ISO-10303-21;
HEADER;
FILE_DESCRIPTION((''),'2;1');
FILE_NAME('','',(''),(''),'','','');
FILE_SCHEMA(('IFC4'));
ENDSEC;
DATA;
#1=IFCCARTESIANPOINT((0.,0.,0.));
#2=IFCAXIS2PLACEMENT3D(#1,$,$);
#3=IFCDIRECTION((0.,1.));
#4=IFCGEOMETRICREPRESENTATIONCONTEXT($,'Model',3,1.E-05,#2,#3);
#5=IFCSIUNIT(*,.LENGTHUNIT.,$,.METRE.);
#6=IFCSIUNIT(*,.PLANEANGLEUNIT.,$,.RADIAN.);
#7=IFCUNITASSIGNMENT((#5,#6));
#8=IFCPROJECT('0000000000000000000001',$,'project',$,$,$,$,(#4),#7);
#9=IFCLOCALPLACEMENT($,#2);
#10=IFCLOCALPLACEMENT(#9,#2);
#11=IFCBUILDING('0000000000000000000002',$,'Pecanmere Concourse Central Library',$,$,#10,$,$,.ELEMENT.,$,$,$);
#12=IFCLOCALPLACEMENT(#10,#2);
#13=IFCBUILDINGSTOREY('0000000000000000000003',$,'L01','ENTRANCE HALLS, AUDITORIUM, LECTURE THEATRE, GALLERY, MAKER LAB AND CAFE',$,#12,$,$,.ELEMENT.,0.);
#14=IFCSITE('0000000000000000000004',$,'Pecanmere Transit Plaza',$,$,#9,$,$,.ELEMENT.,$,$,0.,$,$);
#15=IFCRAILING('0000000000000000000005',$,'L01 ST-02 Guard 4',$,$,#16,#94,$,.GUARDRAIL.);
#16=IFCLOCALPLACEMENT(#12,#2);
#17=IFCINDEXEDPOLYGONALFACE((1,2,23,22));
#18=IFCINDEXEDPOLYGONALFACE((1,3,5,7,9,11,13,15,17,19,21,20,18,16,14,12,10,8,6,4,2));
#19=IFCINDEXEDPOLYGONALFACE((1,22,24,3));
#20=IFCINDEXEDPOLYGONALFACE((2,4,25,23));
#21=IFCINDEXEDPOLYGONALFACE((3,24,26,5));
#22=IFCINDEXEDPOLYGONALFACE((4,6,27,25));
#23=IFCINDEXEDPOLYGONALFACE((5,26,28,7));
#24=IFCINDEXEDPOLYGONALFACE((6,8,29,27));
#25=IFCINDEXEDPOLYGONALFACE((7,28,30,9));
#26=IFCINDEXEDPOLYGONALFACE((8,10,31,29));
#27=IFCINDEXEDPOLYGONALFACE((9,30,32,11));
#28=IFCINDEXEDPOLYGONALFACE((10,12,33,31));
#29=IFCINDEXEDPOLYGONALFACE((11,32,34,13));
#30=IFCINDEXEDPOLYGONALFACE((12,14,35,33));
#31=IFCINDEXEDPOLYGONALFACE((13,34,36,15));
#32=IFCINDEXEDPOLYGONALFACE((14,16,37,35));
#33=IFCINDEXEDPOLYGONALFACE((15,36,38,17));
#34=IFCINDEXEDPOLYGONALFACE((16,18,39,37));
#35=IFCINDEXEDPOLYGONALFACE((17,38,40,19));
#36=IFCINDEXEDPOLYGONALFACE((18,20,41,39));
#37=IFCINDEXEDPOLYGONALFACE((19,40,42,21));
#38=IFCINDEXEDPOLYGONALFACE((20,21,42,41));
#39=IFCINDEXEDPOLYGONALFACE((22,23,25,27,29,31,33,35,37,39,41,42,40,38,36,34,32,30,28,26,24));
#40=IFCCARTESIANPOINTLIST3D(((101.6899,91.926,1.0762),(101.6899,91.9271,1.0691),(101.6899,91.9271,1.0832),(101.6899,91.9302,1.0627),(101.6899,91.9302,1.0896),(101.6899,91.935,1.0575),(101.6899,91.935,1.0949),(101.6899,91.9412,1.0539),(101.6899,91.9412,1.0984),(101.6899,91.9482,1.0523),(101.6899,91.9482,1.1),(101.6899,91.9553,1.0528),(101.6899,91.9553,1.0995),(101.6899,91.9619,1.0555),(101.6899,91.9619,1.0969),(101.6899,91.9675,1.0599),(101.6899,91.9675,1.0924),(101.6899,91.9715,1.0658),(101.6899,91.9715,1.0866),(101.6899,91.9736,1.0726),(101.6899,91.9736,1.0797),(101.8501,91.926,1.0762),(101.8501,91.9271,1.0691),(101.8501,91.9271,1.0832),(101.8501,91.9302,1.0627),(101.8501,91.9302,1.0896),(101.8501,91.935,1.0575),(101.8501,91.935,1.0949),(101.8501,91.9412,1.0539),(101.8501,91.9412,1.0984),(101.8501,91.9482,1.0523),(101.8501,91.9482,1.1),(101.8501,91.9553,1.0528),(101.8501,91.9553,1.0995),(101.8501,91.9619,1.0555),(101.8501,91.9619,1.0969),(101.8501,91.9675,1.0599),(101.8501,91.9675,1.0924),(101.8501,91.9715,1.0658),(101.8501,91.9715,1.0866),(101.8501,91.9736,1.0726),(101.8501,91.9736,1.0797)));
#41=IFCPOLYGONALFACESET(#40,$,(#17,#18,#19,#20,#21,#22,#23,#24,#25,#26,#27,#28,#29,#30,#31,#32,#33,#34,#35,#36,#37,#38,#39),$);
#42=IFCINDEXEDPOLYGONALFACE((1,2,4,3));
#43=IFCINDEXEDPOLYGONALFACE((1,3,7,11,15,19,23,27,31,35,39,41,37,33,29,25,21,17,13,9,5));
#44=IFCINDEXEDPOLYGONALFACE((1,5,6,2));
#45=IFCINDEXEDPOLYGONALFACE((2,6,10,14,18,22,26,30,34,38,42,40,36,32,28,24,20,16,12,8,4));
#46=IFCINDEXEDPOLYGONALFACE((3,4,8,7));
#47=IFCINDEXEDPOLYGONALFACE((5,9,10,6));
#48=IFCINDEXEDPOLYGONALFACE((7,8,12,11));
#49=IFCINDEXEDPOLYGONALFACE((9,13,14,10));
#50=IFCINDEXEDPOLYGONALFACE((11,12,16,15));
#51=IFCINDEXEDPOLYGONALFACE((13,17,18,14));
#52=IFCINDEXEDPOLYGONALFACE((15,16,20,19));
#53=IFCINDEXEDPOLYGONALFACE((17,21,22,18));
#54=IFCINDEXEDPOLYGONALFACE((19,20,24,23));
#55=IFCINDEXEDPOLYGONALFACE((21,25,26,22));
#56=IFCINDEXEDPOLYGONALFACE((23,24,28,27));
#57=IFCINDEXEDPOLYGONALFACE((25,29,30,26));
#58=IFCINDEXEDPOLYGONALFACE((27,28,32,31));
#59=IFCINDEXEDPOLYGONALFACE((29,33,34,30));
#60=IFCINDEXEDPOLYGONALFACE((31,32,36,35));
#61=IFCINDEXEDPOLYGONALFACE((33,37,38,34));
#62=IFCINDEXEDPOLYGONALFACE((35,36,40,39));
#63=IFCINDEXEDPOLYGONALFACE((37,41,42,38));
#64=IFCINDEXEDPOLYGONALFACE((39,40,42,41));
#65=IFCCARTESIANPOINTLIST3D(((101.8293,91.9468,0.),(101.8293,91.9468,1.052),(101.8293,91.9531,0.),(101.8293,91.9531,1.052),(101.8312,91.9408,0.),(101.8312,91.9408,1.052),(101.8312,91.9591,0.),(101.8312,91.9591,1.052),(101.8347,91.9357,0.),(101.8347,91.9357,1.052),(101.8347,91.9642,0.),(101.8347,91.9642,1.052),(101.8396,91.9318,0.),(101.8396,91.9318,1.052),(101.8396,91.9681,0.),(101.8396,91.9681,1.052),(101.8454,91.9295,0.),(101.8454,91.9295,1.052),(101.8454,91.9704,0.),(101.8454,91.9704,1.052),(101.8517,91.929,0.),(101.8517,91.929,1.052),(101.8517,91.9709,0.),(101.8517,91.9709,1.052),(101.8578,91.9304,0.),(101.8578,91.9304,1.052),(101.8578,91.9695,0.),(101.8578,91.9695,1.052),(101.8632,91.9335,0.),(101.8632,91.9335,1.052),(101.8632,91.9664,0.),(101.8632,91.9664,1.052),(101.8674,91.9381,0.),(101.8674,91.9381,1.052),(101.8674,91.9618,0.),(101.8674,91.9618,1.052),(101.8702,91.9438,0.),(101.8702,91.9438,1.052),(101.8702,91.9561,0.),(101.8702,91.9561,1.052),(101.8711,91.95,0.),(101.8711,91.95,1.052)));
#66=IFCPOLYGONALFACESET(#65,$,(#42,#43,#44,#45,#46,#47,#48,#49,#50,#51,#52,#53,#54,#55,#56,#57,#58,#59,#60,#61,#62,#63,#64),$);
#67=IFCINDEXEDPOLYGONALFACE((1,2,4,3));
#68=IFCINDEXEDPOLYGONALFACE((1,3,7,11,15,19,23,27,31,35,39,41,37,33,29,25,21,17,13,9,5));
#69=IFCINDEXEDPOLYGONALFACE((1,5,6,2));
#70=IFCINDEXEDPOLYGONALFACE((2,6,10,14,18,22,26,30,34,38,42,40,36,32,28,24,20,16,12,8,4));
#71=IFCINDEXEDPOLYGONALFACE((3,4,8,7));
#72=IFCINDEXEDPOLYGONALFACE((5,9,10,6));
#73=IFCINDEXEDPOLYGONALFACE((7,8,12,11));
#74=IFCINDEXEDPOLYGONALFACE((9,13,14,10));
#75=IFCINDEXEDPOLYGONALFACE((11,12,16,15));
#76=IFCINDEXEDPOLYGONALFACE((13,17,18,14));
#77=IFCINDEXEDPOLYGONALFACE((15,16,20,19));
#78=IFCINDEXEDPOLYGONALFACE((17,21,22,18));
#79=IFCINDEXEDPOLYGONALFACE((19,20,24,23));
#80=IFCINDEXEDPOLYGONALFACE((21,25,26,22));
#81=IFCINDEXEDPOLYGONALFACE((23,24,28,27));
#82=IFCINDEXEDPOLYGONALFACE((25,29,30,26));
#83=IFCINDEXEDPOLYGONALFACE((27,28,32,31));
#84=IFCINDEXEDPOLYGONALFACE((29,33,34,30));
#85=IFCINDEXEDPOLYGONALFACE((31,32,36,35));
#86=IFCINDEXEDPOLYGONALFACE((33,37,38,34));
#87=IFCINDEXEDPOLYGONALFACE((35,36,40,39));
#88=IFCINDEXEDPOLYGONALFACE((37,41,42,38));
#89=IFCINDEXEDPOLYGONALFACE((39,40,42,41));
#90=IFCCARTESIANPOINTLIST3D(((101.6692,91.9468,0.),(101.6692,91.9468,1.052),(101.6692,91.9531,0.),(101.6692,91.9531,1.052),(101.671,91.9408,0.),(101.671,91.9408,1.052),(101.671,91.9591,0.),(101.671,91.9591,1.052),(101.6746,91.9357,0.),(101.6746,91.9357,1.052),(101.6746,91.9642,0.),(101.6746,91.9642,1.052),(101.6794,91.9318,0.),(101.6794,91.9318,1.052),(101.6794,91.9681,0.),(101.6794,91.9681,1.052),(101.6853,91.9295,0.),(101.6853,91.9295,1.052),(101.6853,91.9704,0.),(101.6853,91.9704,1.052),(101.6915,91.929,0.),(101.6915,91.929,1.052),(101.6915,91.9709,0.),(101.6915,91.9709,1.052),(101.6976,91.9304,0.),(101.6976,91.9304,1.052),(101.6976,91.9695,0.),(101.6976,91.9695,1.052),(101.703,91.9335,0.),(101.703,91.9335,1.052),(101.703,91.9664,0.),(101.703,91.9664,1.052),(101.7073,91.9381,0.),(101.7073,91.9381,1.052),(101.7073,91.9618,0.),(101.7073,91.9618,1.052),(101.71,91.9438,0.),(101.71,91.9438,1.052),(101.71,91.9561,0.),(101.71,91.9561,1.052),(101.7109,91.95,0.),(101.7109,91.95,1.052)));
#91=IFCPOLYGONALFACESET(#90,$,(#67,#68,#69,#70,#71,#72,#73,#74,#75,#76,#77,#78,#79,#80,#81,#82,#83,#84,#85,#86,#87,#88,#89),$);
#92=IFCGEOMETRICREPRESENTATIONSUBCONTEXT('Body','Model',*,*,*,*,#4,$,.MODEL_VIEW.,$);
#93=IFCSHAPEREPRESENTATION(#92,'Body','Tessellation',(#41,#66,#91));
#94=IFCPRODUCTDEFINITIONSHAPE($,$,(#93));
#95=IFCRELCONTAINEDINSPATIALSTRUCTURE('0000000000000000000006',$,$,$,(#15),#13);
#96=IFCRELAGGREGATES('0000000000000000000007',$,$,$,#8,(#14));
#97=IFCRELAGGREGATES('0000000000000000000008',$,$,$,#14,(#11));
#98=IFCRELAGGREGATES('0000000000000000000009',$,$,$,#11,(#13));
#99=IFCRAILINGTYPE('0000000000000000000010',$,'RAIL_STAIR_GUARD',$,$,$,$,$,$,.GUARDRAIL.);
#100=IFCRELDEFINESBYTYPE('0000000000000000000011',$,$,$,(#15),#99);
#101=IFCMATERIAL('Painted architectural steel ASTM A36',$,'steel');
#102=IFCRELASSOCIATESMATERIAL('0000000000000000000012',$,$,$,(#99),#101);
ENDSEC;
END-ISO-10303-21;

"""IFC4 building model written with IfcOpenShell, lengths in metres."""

from ifc_helpers import new_model, si_unit, direction, frame, origin, origin_2d, place, context, subcontext, project, spatial, circle, extrude, material, type_object, element, save


model = new_model("IFC4")

# Units and contexts
model_context = context("Model", 3, precision=1e-05, world=origin(), true_north=direction((0.0, 1.0)))
body_context = subcontext(model_context, "Body", "Model", "MODEL_VIEW")
ifc_project = project(units=[si_unit("LENGTHUNIT", "METRE"), si_unit("PLANEANGLEUNIT", "RADIAN")], contexts=[model_context])

# Site, building, storey
site_placement = place(None, origin())
site = spatial("IfcSite", under=ifc_project, at=site_placement, Name="Pecanmere Transit Plaza", CompositionType="ELEMENT", RefElevation=0.0)
building_placement = place(site_placement, origin())
building = spatial("IfcBuilding", under=site, at=building_placement, Name="Pecanmere Concourse Central Library", CompositionType="ELEMENT")
storey_placement = place(building_placement, origin())
storey = spatial("IfcBuildingStorey", under=building, at=storey_placement, Name="L01", Description="ENTRANCE HALLS, AUDITORIUM, LECTURE THEATRE, GALLERY, MAKER LAB AND CAFE", CompositionType="ELEMENT", Elevation=0.0)

# Railing
ifc_material_1 = material(Name="Painted architectural steel ASTM A36", Category="steel")
railing_type_1 = type_object("IfcRailingType", Name="RAIL_STAIR_GUARD", PredefinedType="GUARDRAIL", material=ifc_material_1)
railing_1_placement = place(storey_placement, frame((101.8501, 91.95, 0.0)))
element("IfcRailing", 1, at=railing_1_placement, inside=storey, type_object=railing_type_1, Name="L01 ST-02 Guard 4", PredefinedType="GUARDRAIL", context=body_context, shape_type="SweptSolid", body=[
    extrude(circle(Radius=0.0239, at=origin_2d()), frame((0.0, 0.0, 1.0762), z_axis=(-1.0, 0.0, 0.0), x_axis=(0.0, -1.0, 0.0)), (0.0, 0.0, 1.0), 0.1602),
    extrude(circle(Radius=0.021, at=origin_2d()), origin(), (0.0, 0.0, 1.0), 1.052),
    extrude(circle(Radius=0.021, at=origin_2d()), frame((-0.1602, 0.0, 0.0)), (0.0, 0.0, 1.0), 1.052),
])

save(model, "model.ifc")
